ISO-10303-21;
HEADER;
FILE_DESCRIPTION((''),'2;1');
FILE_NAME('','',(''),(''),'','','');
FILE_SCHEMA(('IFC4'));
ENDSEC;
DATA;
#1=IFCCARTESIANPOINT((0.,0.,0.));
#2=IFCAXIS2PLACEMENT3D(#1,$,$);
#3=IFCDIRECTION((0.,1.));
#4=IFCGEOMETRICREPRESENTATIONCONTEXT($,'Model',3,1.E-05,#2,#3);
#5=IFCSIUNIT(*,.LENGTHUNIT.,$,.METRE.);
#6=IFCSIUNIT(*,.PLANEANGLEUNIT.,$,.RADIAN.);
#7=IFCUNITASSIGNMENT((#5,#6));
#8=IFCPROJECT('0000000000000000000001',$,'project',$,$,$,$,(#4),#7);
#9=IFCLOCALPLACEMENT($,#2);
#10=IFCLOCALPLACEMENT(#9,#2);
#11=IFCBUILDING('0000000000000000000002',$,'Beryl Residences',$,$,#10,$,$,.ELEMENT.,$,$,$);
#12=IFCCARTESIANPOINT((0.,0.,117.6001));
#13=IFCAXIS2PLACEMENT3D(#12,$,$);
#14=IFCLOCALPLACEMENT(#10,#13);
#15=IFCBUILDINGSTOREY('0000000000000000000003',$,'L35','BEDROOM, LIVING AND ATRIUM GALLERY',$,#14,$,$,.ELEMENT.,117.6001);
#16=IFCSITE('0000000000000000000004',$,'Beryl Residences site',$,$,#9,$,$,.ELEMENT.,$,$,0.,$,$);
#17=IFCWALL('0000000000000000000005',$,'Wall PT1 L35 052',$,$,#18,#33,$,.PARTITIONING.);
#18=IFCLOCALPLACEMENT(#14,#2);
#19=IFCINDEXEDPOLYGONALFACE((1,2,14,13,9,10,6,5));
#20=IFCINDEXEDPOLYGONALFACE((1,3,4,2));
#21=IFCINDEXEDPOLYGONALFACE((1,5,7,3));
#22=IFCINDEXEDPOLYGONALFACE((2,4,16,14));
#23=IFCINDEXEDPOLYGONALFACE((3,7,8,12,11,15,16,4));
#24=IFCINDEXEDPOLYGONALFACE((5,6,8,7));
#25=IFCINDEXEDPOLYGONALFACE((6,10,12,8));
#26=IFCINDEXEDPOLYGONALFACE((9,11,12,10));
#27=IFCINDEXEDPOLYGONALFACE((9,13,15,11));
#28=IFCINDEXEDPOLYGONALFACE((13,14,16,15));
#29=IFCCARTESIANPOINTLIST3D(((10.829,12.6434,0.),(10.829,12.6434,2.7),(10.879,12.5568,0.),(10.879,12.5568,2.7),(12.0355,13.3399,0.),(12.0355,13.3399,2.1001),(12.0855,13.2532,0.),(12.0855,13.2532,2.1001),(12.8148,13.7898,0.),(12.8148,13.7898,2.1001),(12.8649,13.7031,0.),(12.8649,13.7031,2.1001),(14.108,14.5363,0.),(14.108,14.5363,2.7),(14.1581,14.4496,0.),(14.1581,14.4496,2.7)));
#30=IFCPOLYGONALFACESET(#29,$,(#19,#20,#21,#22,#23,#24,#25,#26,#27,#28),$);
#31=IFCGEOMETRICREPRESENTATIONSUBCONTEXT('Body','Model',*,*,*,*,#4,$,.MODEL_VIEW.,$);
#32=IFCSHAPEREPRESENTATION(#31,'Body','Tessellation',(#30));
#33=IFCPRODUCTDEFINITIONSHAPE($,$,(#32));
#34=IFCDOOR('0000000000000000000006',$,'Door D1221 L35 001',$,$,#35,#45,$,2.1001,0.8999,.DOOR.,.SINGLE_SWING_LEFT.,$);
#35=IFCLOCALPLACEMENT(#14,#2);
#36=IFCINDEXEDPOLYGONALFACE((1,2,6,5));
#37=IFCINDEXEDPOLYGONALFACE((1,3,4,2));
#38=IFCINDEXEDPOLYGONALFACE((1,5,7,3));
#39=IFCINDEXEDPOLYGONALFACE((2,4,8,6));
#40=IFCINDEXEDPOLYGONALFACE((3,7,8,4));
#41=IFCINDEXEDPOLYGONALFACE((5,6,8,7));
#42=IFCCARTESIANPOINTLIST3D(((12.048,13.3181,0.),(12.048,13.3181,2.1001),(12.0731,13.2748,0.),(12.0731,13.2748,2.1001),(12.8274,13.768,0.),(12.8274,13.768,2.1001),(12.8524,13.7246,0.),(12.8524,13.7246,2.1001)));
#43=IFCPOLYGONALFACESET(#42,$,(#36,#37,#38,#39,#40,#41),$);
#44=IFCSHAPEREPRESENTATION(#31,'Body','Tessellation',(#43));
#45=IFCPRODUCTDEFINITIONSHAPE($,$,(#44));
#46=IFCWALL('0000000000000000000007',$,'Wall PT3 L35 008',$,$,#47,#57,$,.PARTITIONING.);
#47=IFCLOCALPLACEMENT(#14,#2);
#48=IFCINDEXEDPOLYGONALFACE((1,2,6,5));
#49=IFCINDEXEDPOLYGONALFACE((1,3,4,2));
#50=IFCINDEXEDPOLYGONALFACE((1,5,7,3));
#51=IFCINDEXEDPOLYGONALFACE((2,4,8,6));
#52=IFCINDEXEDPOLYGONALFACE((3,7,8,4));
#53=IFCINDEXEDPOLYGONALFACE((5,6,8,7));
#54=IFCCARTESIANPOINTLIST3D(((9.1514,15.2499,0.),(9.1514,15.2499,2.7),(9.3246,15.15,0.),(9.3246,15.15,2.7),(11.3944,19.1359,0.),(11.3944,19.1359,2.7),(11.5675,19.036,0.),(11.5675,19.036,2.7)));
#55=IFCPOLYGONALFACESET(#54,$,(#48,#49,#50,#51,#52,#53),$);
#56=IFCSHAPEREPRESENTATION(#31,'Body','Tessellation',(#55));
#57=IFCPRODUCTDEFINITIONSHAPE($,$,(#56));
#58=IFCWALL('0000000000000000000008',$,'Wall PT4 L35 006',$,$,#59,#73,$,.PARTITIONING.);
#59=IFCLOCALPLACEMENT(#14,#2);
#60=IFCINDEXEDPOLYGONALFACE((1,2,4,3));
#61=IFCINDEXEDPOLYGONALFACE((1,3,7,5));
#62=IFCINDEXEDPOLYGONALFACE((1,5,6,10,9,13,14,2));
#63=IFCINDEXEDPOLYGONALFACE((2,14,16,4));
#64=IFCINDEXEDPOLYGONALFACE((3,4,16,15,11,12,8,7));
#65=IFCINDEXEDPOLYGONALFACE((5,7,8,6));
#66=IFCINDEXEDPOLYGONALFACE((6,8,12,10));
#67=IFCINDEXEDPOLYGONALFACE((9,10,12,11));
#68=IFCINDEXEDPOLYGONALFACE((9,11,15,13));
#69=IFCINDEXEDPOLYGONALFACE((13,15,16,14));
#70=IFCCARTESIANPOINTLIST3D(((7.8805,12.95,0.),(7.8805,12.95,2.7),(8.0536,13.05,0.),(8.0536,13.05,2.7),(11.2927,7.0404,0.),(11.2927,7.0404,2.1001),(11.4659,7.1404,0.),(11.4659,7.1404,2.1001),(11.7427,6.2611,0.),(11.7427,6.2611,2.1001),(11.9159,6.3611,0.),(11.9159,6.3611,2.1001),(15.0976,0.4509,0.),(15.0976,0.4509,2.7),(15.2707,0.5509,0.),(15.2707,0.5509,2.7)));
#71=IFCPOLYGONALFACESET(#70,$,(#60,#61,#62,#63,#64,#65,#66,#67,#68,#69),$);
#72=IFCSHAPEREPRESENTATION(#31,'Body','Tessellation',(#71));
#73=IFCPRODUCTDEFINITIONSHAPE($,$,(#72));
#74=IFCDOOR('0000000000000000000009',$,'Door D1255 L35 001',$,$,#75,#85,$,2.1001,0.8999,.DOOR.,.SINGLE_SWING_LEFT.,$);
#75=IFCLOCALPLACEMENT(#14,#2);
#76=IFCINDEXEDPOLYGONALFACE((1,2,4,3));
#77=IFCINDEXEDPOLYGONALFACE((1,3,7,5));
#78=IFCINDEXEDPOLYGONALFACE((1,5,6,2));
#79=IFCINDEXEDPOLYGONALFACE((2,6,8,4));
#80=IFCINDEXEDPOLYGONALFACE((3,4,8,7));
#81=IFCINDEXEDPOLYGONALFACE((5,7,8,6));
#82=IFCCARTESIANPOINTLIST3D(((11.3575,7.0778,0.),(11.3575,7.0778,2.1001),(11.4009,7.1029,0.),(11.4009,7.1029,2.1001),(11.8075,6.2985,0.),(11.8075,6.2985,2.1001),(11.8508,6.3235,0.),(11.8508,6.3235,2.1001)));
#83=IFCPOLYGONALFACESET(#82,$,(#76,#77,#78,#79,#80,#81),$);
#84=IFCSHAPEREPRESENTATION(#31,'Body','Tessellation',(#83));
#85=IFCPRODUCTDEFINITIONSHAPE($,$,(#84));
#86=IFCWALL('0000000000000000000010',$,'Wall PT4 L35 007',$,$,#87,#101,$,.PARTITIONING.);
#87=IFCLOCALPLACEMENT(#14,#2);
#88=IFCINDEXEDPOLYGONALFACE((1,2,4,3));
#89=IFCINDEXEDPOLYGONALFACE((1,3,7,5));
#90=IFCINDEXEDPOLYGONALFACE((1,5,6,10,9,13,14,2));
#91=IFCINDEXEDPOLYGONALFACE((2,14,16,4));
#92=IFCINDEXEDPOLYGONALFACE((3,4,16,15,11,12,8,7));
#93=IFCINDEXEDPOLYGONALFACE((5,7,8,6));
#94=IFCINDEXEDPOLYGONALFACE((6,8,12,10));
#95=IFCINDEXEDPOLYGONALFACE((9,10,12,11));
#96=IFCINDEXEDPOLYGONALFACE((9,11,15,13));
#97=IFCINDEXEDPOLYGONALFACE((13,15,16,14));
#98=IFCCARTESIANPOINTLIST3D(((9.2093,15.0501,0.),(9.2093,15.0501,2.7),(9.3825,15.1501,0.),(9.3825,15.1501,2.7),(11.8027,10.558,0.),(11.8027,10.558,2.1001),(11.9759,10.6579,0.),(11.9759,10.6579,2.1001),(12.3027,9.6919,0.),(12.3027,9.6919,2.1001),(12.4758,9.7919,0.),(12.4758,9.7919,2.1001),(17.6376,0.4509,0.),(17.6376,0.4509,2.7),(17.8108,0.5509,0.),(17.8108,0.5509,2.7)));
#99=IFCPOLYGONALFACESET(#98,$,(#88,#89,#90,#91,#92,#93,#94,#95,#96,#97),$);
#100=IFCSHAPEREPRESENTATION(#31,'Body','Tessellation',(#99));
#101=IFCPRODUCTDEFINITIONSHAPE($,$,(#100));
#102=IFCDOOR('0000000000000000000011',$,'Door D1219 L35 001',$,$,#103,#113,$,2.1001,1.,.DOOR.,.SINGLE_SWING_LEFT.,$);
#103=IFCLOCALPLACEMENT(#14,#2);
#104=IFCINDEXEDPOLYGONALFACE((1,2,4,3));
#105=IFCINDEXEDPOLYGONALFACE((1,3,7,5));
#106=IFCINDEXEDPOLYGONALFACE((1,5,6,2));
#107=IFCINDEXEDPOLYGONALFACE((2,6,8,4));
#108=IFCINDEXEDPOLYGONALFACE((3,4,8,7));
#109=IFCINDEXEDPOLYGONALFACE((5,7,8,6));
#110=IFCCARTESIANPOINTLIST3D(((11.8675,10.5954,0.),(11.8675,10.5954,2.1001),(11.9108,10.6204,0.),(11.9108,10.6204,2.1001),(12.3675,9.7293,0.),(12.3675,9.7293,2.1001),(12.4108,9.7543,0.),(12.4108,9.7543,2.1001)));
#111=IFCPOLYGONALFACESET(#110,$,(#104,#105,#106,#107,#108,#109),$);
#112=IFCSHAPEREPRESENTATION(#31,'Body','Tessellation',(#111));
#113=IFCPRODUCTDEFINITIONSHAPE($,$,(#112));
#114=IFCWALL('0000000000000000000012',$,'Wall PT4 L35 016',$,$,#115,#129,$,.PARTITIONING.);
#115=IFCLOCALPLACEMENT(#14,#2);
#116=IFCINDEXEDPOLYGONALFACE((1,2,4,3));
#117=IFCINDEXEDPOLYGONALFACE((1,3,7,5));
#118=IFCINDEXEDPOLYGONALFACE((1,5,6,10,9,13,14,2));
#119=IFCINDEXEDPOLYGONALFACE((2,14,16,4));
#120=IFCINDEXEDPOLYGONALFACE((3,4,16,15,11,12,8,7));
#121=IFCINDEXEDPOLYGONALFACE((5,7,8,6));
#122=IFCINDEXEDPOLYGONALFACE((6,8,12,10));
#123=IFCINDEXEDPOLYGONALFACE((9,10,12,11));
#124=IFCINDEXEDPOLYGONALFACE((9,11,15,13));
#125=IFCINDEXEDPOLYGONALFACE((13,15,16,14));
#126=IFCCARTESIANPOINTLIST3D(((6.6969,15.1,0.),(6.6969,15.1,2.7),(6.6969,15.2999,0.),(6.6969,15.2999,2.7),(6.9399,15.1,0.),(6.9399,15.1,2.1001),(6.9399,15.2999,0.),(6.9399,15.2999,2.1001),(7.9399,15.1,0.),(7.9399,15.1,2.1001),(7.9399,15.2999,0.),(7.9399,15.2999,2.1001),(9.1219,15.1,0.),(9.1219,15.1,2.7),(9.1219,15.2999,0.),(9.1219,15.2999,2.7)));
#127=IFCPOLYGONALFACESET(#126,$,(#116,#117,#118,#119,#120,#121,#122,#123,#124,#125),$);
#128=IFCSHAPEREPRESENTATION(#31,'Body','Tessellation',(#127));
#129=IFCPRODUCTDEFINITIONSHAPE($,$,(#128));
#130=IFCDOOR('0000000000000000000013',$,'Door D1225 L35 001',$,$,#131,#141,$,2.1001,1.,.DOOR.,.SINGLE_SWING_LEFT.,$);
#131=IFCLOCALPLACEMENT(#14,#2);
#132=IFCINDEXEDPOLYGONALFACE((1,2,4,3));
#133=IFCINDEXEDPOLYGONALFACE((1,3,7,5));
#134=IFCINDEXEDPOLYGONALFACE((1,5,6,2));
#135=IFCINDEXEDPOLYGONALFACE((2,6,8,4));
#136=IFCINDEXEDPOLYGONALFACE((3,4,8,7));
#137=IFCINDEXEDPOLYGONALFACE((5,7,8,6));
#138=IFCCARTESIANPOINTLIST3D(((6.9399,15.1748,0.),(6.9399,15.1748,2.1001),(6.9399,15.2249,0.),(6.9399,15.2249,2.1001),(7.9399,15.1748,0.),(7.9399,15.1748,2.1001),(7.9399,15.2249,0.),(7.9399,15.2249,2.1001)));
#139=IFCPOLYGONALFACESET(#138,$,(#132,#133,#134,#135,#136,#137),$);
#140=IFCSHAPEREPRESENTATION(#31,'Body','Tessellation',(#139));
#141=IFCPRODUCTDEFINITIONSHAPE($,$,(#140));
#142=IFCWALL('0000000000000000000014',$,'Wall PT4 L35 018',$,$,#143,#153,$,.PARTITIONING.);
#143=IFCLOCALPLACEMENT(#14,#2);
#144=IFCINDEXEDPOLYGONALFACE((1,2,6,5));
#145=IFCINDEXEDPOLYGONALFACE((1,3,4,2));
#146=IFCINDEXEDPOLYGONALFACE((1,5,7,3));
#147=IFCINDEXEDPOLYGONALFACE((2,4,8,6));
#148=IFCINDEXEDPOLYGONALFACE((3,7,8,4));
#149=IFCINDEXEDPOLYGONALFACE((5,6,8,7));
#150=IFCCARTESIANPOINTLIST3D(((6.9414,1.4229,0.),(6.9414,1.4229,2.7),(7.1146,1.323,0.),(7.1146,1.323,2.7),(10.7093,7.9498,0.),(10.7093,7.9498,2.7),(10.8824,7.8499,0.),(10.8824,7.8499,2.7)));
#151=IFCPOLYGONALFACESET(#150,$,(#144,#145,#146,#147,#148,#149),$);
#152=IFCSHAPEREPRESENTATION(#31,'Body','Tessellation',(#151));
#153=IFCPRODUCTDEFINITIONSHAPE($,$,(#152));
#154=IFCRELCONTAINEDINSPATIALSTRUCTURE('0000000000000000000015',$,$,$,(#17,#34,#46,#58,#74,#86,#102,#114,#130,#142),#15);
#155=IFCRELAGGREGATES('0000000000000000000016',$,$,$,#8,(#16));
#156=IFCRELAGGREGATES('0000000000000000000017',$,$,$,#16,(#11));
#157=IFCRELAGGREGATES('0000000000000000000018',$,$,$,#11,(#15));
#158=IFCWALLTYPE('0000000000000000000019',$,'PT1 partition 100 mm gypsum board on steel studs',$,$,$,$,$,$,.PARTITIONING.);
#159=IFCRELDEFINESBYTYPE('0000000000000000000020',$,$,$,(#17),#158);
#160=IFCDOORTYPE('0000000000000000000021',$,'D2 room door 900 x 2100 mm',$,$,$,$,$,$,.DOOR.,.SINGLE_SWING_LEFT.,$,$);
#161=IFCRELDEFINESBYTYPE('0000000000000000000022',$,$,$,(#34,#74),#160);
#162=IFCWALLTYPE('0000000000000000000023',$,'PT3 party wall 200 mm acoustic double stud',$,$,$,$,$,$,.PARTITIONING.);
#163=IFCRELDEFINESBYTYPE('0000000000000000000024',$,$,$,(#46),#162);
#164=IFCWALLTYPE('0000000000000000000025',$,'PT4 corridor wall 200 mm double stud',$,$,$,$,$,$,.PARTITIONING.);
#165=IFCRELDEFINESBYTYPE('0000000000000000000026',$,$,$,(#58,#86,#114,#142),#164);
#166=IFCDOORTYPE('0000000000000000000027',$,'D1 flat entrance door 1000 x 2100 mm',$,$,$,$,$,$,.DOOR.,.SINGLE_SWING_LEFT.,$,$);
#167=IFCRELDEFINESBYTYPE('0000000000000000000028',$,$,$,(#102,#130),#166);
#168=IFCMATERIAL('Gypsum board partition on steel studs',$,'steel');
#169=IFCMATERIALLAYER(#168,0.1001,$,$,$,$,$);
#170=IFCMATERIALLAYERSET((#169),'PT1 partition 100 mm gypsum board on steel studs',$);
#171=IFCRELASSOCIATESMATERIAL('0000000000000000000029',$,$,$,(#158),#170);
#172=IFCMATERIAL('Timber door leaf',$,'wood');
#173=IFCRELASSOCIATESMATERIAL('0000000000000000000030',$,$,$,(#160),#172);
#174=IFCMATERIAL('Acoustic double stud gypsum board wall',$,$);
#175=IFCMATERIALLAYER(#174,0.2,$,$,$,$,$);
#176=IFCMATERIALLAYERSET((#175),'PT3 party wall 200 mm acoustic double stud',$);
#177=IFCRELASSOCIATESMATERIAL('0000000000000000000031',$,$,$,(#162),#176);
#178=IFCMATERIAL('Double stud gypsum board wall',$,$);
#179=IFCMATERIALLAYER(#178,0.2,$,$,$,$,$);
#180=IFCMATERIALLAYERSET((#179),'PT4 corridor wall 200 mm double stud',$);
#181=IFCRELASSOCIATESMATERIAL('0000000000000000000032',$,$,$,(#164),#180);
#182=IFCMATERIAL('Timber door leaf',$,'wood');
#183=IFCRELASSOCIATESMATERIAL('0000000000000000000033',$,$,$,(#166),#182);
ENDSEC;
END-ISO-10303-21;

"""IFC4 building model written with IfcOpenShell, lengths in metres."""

from ifc_helpers import new_model, si_unit, direction, frame, frame_2d, origin, place, context, subcontext, project, spatial, rectangle, extrude, material, layer, layer_set, type_object, element, fill, save


model = new_model("IFC4")

# Units and contexts
model_context = context("Model", 3, precision=1e-05, world=origin(), true_north=direction((0.0, 1.0)))
body_context = subcontext(model_context, "Body", "Model", "MODEL_VIEW")
ifc_project = project(units=[si_unit("LENGTHUNIT", "METRE"), si_unit("PLANEANGLEUNIT", "RADIAN")], contexts=[model_context])

# Site, building, storey
site_placement = place(None, origin())
site = spatial("IfcSite", under=ifc_project, at=site_placement, Name="Beryl Residences site", CompositionType="ELEMENT", RefElevation=0.0)
building_placement = place(site_placement, origin())
building = spatial("IfcBuilding", under=site, at=building_placement, Name="Beryl Residences", CompositionType="ELEMENT")
storey_placement = place(building_placement, frame((0.0, 0.0, 117.6001)))
storey = spatial("IfcBuildingStorey", under=building, at=storey_placement, Name="L35", Description="BEDROOM, LIVING AND ATRIUM GALLERY", CompositionType="ELEMENT", Elevation=117.6001)

# Wall, opening, door
ifc_material_1 = material(Name="Gypsum board partition on steel studs", Category="steel")
ifc_layer_1 = layer(ifc_material_1, 0.1001)
ifc_layer_set_1 = layer_set([ifc_layer_1], Name="PT1 partition 100 mm gypsum board on steel studs")
wall_type_1 = type_object("IfcWallType", Name="PT1 partition 100 mm gypsum board on steel studs", PredefinedType="PARTITIONING", material=ifc_layer_set_1)
ifc_material_2 = material(Name="Timber door leaf", Category="wood")
door_type_1 = type_object("IfcDoorType", Name="D2 room door 900 x 2100 mm", OperationType="SINGLE_SWING_LEFT", PredefinedType="DOOR", material=ifc_material_2)
wall_1_placement = place(storey_placement, frame((10.854, 12.6001, 0.0), z_axis=(0.0, 0.0, 1.0), x_axis=(0.866064, 0.499933, 0.0)))
wall_1 = element("IfcWall", 1, at=wall_1_placement, inside=storey, type_object=wall_type_1, Name="Wall PT1 L35 052", PredefinedType="PARTITIONING", context=body_context, shape_type="SweptSolid", body=[
    extrude(rectangle(XDim=3.7861, YDim=0.1001, at=frame_2d((1.8931, 0.0))), origin(), (0.0, 0.0, 1.0), 2.7),
])
opening_1_placement = place(wall_1_placement, frame((1.3931, 0.0, 0.0)))
opening_1 = element("IfcOpeningElement", 2, at=opening_1_placement, cuts=wall_1, PredefinedType="OPENING", context=body_context, shape_type="SweptSolid", body=[
    extrude(rectangle(XDim=0.8999, YDim=2.1001, at=frame_2d((0.45, 1.05))), frame((0.0, 0.0601, 0.0), z_axis=(0.0, -1.0, 0.0), x_axis=(1.0, 0.0, 0.0)), (0.0, 0.0, 1.0), 0.1201),
])
door_1_placement = place(opening_1_placement, origin())
door_1 = element("IfcDoor", 3, at=door_1_placement, inside=storey, type_object=door_type_1, Name="Door D1221 L35 001", OperationType="SINGLE_SWING_LEFT", OverallHeight=2.1001, OverallWidth=0.8999, PredefinedType="DOOR", context=body_context, shape_type="SweptSolid", body=[
    extrude(rectangle(XDim=0.8999, YDim=2.1001, at=frame_2d((0.45, 1.05))), frame((0.0, 0.0249, 0.0), z_axis=(0.0, -1.0, 0.0), x_axis=(1.0, 0.0, 0.0)), (0.0, 0.0, 1.0), 0.05),
])
fill(opening_1, door_1)

# Wall
ifc_material_3 = material(Name="Acoustic double stud gypsum board wall")
ifc_layer_2 = layer(ifc_material_3, 0.2)
ifc_layer_set_2 = layer_set([ifc_layer_2], Name="PT3 party wall 200 mm acoustic double stud")
wall_type_2 = type_object("IfcWallType", Name="PT3 party wall 200 mm acoustic double stud", PredefinedType="PARTITIONING", material=ifc_layer_set_2)
wall_2_placement = place(storey_placement, frame((9.238, 15.2, 0.0), z_axis=(0.0, 0.0, 1.0), x_axis=(0.49989, 0.866089, 0.0)))
element("IfcWall", 4, at=wall_2_placement, inside=storey, type_object=wall_type_2, Name="Wall PT3 L35 008", PredefinedType="PARTITIONING", context=body_context, shape_type="SweptSolid", body=[
    extrude(rectangle(XDim=4.4868, YDim=0.2, at=frame_2d((2.2434, 0.0))), origin(), (0.0, 0.0, 1.0), 2.7),
])

# Walls, openings, doors
ifc_material_4 = material(Name="Double stud gypsum board wall")
ifc_layer_3 = layer(ifc_material_4, 0.2)
ifc_layer_set_3 = layer_set([ifc_layer_3], Name="PT4 corridor wall 200 mm double stud")
wall_type_3 = type_object("IfcWallType", Name="PT4 corridor wall 200 mm double stud", PredefinedType="PARTITIONING", material=ifc_layer_set_3)
wall_3_placement = place(storey_placement, frame((7.967, 13.0, 0.0), z_axis=(0.0, 0.0, 1.0), x_axis=(0.500038, -0.866004, 0.0)))
wall_3 = element("IfcWall", 5, at=wall_3_placement, inside=storey, type_object=wall_type_3, Name="Wall PT4 L35 006", PredefinedType="PARTITIONING", context=body_context, shape_type="SweptSolid", body=[
    extrude(rectangle(XDim=14.4331, YDim=0.2, at=frame_2d((7.2166, 0.0))), origin(), (0.0, 0.0, 1.0), 2.7),
])
opening_2_placement = place(wall_3_placement, frame((6.824, 0.0, 0.0)))
opening_2 = element("IfcOpeningElement", 6, at=opening_2_placement, cuts=wall_3, PredefinedType="OPENING", context=body_context, shape_type="SweptSolid", body=[
    extrude(rectangle(XDim=0.8999, YDim=2.1001, at=frame_2d((0.45, 1.05))), frame((0.0, 0.1099, 0.0), z_axis=(0.0, -1.0, 0.0), x_axis=(1.0, 0.0, 0.0)), (0.0, 0.0, 1.0), 0.22),
])
door_2_placement = place(opening_2_placement, origin())
door_2 = element("IfcDoor", 7, at=door_2_placement, inside=storey, type_object=door_type_1, Name="Door D1255 L35 001", OperationType="SINGLE_SWING_LEFT", OverallHeight=2.1001, OverallWidth=0.8999, PredefinedType="DOOR", context=body_context, shape_type="SweptSolid", body=[
    extrude(rectangle(XDim=0.8999, YDim=2.1001, at=frame_2d((0.45, 1.05))), frame((0.0, 0.0249, 0.0), z_axis=(0.0, -1.0, 0.0), x_axis=(1.0, 0.0, 0.0)), (0.0, 0.0, 1.0), 0.05),
])
fill(opening_2, door_2)
wall_4_placement = place(storey_placement, frame((9.2959, 15.1001, 0.0), z_axis=(0.0, 0.0, 1.0), x_axis=(0.499974, -0.86604, 0.0)))
wall_4 = element("IfcWall", 8, at=wall_4_placement, inside=storey, type_object=wall_type_3, Name="Wall PT4 L35 007", PredefinedType="PARTITIONING", context=body_context, shape_type="SweptSolid", body=[
    extrude(rectangle(XDim=16.8574, YDim=0.2, at=frame_2d((8.4287, 0.0))), origin(), (0.0, 0.0, 1.0), 2.7),
])
opening_3_placement = place(wall_4_placement, frame((5.187, 0.0, 0.0)))
opening_3 = element("IfcOpeningElement", 9, at=opening_3_placement, cuts=wall_4, PredefinedType="OPENING", context=body_context, shape_type="SweptSolid", body=[
    extrude(rectangle(XDim=1.0, YDim=2.1001, at=frame_2d((0.5, 1.05))), frame((0.0, 0.1099, 0.0), z_axis=(0.0, -1.0, 0.0), x_axis=(1.0, 0.0, 0.0)), (0.0, 0.0, 1.0), 0.22),
])
ifc_material_5 = material(Name="Timber door leaf", Category="wood")
door_type_2 = type_object("IfcDoorType", Name="D1 flat entrance door 1000 x 2100 mm", OperationType="SINGLE_SWING_LEFT", PredefinedType="DOOR", material=ifc_material_5)
door_3_placement = place(opening_3_placement, origin())
door_3 = element("IfcDoor", 10, at=door_3_placement, inside=storey, type_object=door_type_2, Name="Door D1219 L35 001", OperationType="SINGLE_SWING_LEFT", OverallHeight=2.1001, OverallWidth=1.0, PredefinedType="DOOR", context=body_context, shape_type="SweptSolid", body=[
    extrude(rectangle(XDim=1.0, YDim=2.1001, at=frame_2d((0.5, 1.05))), frame((0.0, 0.0249, 0.0), z_axis=(0.0, -1.0, 0.0), x_axis=(1.0, 0.0, 0.0)), (0.0, 0.0, 1.0), 0.05),
])
fill(opening_3, door_3)
wall_5_placement = place(storey_placement, frame((6.697, 15.2, 0.0), z_axis=(0.0, 0.0, 1.0), x_axis=(1.0, 0.0, 0.0)))
wall_5 = element("IfcWall", 11, at=wall_5_placement, inside=storey, type_object=wall_type_3, Name="Wall PT4 L35 016", PredefinedType="PARTITIONING", context=body_context, shape_type="SweptSolid", body=[
    extrude(rectangle(XDim=2.425, YDim=0.2, at=frame_2d((1.2124, 0.0))), origin(), (0.0, 0.0, 1.0), 2.7),
])
opening_4_placement = place(wall_5_placement, frame((0.2429, 0.0, 0.0)))
opening_4 = element("IfcOpeningElement", 12, at=opening_4_placement, cuts=wall_5, PredefinedType="OPENING", context=body_context, shape_type="SweptSolid", body=[
    extrude(rectangle(XDim=1.0, YDim=2.1001, at=frame_2d((0.5, 1.05))), frame((0.0, 0.1099, 0.0), z_axis=(0.0, -1.0, 0.0), x_axis=(1.0, 0.0, 0.0)), (0.0, 0.0, 1.0), 0.22),
])
door_4_placement = place(opening_4_placement, origin())
door_4 = element("IfcDoor", 13, at=door_4_placement, inside=storey, type_object=door_type_2, Name="Door D1225 L35 001", OperationType="SINGLE_SWING_LEFT", OverallHeight=2.1001, OverallWidth=1.0, PredefinedType="DOOR", context=body_context, shape_type="SweptSolid", body=[
    extrude(rectangle(XDim=1.0, YDim=2.1001, at=frame_2d((0.5, 1.05))), frame((0.0, 0.0249, 0.0), z_axis=(0.0, -1.0, 0.0), x_axis=(1.0, 0.0, 0.0)), (0.0, 0.0, 1.0), 0.05),
])
fill(opening_4, door_4)

# Wall
wall_6_placement = place(storey_placement, frame((7.0281, 1.373, 0.0), z_axis=(0.0, 0.0, 1.0), x_axis=(0.499954, 0.866052, 0.0)))
element("IfcWall", 14, at=wall_6_placement, inside=storey, type_object=wall_type_3, Name="Wall PT4 L35 018", PredefinedType="PARTITIONING", context=body_context, shape_type="SweptSolid", body=[
    extrude(rectangle(XDim=7.5364, YDim=0.2, at=frame_2d((3.7681, 0.0))), origin(), (0.0, 0.0, 1.0), 2.7),
])

save(model, "model.ifc")
